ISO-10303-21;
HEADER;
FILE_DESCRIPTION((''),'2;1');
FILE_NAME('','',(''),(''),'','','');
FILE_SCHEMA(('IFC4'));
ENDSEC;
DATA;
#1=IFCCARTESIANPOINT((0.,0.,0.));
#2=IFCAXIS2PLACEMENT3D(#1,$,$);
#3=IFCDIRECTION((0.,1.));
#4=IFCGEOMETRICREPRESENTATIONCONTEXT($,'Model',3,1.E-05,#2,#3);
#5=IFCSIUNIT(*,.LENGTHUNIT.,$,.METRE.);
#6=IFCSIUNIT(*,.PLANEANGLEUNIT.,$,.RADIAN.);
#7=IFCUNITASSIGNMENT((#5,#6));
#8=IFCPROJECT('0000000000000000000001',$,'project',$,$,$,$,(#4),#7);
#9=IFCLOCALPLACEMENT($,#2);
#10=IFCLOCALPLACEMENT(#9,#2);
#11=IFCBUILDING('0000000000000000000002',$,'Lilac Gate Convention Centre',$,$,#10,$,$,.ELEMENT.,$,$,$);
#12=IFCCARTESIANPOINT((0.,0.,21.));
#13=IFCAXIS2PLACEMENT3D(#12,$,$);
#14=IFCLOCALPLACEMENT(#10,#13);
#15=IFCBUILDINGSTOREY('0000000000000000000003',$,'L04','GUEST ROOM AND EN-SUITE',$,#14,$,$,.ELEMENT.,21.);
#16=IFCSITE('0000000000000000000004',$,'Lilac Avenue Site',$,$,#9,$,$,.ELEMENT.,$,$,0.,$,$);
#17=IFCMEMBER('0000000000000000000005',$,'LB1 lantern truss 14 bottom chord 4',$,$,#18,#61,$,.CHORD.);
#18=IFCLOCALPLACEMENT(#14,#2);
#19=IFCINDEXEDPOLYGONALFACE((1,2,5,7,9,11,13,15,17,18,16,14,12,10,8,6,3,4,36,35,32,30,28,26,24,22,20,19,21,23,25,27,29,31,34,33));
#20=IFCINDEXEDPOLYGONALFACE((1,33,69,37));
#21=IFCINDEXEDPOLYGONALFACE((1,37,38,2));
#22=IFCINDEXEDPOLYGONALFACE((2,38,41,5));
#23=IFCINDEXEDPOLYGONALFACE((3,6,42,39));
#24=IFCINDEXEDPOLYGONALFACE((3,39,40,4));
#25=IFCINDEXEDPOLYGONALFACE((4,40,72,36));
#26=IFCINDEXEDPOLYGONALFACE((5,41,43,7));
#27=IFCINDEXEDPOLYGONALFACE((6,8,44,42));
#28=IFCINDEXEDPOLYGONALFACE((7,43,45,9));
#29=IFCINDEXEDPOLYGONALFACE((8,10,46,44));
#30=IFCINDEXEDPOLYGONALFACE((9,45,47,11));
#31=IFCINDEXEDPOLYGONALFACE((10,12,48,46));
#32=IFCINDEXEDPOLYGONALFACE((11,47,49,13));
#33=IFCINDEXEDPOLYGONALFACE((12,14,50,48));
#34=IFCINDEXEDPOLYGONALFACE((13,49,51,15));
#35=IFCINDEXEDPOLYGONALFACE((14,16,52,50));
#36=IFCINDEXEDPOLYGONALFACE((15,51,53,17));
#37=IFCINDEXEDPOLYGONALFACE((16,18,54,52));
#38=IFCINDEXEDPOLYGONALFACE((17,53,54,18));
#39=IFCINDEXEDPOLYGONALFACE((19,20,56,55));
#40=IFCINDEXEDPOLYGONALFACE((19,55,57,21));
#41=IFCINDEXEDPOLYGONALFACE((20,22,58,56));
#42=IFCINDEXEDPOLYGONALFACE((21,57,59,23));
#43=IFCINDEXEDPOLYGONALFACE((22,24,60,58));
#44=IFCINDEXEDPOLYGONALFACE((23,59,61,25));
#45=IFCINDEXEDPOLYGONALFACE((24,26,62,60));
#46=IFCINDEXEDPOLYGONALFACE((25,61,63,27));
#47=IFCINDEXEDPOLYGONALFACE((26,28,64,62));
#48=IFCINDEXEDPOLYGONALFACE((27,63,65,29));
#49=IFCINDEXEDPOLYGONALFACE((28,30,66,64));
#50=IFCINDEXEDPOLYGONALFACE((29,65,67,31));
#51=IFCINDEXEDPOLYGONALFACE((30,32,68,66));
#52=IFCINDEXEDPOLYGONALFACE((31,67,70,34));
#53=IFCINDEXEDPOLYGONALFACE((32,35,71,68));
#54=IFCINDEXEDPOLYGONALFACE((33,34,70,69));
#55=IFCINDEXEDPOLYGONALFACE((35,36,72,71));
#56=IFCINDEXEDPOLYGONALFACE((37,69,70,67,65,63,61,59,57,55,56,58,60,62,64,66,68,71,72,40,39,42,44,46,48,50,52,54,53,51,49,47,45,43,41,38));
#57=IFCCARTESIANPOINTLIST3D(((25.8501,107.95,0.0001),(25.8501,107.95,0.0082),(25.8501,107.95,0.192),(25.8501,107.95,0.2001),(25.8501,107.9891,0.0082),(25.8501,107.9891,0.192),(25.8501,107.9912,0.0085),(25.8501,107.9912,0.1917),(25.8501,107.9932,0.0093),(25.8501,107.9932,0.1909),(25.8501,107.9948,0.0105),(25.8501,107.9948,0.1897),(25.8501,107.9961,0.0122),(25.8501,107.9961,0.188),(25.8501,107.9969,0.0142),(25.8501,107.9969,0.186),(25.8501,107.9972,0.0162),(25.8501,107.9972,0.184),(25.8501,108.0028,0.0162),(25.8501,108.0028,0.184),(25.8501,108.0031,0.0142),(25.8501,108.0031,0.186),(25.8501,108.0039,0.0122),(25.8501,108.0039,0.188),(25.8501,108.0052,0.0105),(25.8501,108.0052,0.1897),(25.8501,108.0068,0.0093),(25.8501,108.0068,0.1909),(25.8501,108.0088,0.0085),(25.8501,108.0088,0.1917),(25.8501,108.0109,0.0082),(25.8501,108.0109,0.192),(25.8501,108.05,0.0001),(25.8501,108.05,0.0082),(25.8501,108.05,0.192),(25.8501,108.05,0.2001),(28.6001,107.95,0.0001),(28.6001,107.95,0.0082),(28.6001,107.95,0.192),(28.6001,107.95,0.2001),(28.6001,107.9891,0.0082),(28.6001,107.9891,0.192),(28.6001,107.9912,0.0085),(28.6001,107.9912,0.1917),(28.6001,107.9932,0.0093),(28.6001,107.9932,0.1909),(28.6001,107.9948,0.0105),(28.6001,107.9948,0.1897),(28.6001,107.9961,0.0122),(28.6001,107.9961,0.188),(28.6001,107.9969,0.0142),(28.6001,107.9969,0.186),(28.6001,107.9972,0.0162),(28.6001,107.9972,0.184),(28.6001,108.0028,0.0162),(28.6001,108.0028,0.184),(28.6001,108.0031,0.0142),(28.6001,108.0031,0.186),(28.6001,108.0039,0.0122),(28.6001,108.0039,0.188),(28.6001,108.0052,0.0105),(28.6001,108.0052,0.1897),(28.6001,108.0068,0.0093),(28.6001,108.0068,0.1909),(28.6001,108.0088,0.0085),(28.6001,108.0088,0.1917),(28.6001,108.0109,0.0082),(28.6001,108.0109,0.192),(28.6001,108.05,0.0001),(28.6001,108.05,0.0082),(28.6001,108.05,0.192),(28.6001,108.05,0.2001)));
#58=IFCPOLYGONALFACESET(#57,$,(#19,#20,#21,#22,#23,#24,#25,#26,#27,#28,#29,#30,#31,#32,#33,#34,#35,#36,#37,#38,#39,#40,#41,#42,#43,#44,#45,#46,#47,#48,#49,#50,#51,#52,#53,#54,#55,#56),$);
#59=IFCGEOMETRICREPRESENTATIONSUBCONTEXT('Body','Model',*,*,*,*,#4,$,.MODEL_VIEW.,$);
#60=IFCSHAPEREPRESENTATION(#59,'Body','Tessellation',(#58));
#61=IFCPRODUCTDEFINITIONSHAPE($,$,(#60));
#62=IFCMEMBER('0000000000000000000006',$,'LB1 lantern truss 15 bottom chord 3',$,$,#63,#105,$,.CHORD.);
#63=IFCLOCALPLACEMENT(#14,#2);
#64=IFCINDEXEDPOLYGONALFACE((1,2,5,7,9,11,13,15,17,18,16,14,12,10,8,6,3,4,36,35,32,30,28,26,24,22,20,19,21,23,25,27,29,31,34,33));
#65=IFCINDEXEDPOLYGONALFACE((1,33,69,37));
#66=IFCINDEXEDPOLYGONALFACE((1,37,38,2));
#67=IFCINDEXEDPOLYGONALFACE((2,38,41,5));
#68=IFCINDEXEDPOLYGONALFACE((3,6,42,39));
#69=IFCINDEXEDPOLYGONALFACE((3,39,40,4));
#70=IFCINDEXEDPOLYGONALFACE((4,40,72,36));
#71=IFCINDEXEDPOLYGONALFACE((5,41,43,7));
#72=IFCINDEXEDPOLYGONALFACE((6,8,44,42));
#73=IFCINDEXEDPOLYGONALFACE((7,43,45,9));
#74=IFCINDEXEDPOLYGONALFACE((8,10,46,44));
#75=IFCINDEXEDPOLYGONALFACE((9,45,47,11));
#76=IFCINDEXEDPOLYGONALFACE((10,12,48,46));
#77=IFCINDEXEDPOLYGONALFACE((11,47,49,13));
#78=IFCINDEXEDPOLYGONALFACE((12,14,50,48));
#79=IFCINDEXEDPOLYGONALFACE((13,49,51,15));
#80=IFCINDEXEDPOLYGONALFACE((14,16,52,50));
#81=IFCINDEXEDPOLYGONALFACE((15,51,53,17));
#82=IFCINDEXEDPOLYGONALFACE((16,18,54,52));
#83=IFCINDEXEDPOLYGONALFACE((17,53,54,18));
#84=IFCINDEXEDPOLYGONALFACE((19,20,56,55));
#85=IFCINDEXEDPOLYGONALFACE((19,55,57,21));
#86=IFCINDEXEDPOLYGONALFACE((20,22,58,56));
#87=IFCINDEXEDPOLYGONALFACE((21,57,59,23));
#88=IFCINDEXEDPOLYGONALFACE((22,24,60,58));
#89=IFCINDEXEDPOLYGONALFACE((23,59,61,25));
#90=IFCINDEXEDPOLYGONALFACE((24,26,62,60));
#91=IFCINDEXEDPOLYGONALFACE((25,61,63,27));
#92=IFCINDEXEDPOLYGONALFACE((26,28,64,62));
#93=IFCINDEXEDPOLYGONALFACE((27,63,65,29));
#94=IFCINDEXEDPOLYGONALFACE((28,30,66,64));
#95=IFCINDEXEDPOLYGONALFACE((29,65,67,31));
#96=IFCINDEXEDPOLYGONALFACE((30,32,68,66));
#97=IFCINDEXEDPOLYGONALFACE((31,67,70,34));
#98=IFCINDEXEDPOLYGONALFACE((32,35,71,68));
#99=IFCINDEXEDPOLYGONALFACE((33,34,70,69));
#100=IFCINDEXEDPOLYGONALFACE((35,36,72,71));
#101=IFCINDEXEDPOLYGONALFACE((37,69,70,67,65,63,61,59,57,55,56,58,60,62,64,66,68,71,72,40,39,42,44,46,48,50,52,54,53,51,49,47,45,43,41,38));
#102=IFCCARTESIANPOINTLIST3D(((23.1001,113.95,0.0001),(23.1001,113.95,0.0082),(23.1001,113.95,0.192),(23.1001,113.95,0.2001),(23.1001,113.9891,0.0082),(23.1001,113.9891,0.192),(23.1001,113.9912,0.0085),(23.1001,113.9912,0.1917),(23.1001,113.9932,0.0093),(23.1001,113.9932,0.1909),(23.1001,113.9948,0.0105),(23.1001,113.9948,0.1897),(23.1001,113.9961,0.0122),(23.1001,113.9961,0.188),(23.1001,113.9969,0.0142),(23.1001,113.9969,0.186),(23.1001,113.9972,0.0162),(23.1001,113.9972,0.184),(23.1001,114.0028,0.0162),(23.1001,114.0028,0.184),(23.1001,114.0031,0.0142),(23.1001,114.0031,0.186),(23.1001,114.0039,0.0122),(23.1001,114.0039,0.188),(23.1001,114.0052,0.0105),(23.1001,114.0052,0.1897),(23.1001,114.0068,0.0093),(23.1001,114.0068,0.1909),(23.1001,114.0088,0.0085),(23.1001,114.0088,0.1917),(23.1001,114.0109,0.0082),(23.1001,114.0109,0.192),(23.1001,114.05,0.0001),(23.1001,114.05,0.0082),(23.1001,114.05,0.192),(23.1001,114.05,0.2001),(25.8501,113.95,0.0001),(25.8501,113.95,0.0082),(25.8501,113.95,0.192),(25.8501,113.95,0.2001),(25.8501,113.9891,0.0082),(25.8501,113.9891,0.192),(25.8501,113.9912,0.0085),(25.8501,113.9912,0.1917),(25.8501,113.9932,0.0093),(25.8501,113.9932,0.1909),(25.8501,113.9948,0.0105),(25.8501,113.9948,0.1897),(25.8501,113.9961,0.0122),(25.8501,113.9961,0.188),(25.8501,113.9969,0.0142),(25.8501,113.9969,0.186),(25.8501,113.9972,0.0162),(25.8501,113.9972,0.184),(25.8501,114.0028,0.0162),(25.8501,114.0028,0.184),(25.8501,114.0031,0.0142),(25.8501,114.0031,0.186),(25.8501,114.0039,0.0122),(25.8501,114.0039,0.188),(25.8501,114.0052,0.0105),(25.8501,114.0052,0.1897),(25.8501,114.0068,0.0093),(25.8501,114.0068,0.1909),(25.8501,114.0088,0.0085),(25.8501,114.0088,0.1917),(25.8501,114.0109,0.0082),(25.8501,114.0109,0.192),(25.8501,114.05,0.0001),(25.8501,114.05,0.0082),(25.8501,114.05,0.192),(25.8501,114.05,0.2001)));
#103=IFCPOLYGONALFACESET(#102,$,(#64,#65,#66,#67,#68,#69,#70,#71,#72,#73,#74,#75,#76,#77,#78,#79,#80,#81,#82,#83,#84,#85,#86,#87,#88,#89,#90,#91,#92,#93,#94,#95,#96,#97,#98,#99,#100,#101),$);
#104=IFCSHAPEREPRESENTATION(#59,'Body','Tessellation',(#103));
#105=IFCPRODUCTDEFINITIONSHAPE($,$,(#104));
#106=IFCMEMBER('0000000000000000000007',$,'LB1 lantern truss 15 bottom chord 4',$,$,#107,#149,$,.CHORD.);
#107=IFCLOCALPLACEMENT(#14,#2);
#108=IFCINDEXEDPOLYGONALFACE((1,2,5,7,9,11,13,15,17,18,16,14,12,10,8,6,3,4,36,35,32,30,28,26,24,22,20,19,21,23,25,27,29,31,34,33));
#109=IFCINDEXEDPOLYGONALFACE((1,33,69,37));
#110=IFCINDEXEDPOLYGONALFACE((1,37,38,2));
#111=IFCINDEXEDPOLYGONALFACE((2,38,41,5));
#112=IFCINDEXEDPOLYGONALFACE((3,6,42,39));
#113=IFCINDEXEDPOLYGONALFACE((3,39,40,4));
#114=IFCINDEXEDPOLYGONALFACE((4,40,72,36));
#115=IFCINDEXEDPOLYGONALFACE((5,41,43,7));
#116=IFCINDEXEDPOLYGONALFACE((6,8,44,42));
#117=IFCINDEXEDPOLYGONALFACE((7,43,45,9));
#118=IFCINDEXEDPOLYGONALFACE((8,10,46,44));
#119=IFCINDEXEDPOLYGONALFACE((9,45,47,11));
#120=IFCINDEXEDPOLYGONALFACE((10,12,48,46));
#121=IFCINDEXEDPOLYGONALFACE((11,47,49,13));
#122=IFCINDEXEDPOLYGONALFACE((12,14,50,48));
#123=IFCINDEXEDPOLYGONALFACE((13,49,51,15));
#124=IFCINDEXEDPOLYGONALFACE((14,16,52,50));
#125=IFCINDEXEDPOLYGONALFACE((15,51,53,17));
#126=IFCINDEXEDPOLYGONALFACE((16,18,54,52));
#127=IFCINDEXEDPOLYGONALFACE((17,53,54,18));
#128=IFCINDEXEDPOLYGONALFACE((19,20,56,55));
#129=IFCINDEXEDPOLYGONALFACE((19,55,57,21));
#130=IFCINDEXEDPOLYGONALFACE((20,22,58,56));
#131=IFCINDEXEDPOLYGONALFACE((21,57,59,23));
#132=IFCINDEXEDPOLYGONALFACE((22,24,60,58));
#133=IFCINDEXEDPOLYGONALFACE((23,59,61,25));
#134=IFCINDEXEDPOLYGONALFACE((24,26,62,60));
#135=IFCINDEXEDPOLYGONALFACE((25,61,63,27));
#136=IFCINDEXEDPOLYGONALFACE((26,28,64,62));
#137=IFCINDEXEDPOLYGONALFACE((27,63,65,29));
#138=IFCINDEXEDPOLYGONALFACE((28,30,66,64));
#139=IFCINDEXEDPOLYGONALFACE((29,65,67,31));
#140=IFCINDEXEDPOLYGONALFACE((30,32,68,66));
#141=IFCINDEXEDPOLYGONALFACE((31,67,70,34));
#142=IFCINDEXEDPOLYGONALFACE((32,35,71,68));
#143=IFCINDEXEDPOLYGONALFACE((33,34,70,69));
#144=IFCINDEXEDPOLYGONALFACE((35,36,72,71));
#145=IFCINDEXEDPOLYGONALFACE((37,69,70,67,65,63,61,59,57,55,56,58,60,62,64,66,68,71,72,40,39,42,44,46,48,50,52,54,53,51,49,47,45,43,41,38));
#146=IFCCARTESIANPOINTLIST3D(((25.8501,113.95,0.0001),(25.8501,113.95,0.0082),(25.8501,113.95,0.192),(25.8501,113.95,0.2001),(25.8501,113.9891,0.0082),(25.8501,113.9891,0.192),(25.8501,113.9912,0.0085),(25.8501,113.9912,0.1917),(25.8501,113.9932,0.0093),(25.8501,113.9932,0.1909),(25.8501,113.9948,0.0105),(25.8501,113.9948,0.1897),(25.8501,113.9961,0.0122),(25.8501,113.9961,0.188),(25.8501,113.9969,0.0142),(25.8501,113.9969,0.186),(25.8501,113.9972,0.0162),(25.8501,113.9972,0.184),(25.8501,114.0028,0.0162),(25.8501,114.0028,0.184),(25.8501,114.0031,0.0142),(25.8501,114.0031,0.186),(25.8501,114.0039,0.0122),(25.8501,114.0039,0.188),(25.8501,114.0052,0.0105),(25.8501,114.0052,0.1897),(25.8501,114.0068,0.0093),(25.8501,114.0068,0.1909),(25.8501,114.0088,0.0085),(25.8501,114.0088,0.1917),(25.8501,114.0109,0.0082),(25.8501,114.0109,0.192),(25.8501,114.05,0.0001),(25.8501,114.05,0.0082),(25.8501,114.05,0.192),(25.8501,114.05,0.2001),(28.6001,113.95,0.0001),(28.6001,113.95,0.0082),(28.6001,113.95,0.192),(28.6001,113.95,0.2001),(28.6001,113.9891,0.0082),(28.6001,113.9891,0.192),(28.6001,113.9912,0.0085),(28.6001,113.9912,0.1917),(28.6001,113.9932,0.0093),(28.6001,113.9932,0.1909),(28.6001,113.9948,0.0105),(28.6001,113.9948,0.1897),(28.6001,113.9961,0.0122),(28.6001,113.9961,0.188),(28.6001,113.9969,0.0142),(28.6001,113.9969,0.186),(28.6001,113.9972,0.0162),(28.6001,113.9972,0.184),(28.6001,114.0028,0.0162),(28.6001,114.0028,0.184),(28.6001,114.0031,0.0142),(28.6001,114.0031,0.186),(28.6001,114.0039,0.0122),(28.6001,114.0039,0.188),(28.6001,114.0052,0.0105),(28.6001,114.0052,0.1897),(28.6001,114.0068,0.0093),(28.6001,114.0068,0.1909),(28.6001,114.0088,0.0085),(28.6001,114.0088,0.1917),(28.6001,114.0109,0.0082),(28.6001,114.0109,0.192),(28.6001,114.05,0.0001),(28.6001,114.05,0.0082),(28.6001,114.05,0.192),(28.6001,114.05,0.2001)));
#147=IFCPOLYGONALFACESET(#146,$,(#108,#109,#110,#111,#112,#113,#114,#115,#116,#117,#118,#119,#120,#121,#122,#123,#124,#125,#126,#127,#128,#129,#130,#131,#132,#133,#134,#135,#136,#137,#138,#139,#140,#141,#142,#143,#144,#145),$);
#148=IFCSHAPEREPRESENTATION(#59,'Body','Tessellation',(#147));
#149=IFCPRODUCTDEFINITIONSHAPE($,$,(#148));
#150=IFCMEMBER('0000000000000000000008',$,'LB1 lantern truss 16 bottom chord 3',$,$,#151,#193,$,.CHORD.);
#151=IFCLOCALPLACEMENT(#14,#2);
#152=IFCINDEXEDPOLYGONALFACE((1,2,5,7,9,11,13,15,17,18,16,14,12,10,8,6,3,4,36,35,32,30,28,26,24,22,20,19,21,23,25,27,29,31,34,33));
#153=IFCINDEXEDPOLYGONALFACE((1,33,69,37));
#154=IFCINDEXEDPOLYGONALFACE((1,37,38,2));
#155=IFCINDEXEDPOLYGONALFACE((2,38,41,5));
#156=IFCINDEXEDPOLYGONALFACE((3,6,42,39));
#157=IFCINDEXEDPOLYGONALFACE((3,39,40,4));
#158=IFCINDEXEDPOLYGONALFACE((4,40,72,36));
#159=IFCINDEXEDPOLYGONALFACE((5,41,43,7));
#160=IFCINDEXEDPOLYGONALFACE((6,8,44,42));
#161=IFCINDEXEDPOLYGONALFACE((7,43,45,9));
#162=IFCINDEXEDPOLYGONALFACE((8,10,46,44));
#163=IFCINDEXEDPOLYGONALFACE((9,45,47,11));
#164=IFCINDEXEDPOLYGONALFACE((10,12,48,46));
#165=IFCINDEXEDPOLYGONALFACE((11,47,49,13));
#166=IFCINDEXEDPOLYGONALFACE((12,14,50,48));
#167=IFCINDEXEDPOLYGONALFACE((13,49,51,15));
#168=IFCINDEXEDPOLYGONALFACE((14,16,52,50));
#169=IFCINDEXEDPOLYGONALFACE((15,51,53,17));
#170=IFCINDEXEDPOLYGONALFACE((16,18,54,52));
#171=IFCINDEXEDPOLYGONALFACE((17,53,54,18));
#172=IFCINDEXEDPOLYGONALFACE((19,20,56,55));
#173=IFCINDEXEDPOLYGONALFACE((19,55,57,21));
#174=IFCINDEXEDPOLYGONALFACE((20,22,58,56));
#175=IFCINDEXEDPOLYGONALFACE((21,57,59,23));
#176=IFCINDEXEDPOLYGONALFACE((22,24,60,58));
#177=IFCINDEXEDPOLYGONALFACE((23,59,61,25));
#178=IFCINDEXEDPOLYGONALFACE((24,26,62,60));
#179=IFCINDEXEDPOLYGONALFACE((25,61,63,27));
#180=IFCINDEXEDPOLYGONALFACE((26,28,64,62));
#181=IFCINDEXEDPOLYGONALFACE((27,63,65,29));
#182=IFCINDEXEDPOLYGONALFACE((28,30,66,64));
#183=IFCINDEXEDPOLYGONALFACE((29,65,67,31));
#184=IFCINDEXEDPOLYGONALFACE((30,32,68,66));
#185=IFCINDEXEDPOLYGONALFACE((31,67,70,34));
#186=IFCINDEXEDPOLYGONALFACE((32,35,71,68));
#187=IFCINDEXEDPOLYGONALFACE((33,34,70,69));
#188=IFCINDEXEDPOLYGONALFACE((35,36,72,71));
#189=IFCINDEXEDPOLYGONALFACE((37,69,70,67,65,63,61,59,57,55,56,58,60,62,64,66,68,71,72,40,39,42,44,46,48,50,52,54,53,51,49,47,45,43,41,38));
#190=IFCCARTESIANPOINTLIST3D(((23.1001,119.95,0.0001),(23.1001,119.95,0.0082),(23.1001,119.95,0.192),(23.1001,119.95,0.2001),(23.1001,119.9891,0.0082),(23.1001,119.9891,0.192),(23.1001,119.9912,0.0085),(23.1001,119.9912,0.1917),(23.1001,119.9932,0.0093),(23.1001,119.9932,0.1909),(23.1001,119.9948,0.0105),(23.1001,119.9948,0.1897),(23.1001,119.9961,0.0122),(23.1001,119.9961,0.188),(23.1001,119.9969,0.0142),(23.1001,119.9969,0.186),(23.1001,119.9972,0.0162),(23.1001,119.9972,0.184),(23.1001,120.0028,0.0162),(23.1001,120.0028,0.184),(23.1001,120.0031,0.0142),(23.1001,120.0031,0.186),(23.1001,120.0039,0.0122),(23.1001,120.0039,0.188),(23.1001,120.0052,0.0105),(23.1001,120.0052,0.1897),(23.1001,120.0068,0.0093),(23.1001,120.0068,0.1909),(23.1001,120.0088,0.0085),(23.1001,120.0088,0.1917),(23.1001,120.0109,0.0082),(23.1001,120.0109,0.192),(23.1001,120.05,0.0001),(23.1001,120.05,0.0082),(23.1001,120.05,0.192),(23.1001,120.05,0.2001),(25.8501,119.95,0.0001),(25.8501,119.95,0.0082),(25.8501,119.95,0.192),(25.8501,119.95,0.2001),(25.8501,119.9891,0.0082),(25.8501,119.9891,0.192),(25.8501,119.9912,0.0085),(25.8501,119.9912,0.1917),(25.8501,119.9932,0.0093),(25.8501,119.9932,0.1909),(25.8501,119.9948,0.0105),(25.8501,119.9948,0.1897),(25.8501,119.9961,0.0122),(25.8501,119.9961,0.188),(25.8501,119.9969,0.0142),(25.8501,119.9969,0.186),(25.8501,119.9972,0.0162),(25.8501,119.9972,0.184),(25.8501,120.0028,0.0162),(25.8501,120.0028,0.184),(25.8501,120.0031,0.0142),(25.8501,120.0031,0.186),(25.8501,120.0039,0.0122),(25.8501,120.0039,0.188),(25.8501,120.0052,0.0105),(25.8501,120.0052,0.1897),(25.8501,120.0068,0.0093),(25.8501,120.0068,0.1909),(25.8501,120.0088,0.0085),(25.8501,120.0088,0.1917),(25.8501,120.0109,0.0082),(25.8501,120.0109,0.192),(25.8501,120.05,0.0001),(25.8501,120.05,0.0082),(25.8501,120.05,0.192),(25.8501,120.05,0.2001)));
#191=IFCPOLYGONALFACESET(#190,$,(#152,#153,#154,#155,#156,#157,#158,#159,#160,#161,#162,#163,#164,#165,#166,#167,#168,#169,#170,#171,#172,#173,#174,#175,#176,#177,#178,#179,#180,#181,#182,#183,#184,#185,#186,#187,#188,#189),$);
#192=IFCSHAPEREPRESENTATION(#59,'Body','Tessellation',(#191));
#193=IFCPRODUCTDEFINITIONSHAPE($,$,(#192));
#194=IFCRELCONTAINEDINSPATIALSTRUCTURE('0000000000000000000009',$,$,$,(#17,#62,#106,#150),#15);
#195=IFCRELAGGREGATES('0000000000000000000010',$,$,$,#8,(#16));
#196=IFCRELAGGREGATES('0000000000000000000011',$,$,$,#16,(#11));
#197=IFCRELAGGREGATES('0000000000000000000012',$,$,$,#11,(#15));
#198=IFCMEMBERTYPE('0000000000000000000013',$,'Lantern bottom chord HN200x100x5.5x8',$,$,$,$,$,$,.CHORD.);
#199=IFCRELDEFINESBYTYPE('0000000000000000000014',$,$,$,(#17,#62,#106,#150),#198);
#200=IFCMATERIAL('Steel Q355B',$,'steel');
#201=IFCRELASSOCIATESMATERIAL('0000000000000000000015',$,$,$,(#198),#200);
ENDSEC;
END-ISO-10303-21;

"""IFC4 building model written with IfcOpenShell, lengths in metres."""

from ifc_helpers import new_model, si_unit, direction, frame, origin, origin_2d, place, context, subcontext, project, spatial, i_section, extrude, material, material_profile, profile_set, type_object, element, save


model = new_model("IFC4")

# Units and contexts
model_context = context("Model", 3, precision=1e-05, world=origin(), true_north=direction((0.0, 1.0)))
body_context = subcontext(model_context, "Body", "Model", "MODEL_VIEW")
ifc_project = project(units=[si_unit("LENGTHUNIT", "METRE"), si_unit("PLANEANGLEUNIT", "RADIAN")], contexts=[model_context])

# Site, building, storey
site_placement = place(None, origin())
site = spatial("IfcSite", under=ifc_project, at=site_placement, Name="Lilac Avenue Site", CompositionType="ELEMENT", RefElevation=0.0)
building_placement = place(site_placement, origin())
building = spatial("IfcBuilding", under=site, at=building_placement, Name="Lilac Gate Convention Centre", CompositionType="ELEMENT")
storey_placement = place(building_placement, frame((0.0, 0.0, 21.0)))
storey = spatial("IfcBuildingStorey", under=building, at=storey_placement, Name="L04", Description="GUEST ROOM AND EN-SUITE", CompositionType="ELEMENT", Elevation=21.0)

# Members
ifc_material_1 = material(Name="Steel Q355B", Category="steel")
ifc_material_profile_1 = material_profile(ifc_material_1, i_section(OverallWidth=0.1001, OverallDepth=0.2, WebThickness=0.0056, FlangeThickness=0.0081, FilletRadius=0.0081, at=origin_2d()), Name="HN200x100x5.5x8")
ifc_profile_set_1 = profile_set([ifc_material_profile_1], Name="Steel Q355B")
member_type_1 = type_object("IfcMemberType", Name="Lantern bottom chord HN200x100x5.5x8", PredefinedType="CHORD", material=ifc_profile_set_1)
for number, where, z_axis, x_axis, name in (
    (1, (25.8501, 108.0, 0.1001), (1.0, 0.0, 0.0), (0.0, 1.0, 0.0), "LB1 lantern truss 14 bottom chord 4"),
    (2, (23.1001, 114.0, 0.1001), (1.0, 0.0, 0.0), (0.0, 1.0, 0.0), "LB1 lantern truss 15 bottom chord 3"),
    (3, (25.8501, 114.0, 0.1001), (1.0, 0.0, 0.0), (0.0, 1.0, 0.0), "LB1 lantern truss 15 bottom chord 4"),
    (4, (23.1001, 120.0, 0.1001), (1.0, 0.0, 0.0), (0.0, 1.0, 0.0), "LB1 lantern truss 16 bottom chord 3"),
):
    element("IfcMember", number, at=place(storey_placement, frame(where, z_axis=z_axis, x_axis=x_axis)), inside=storey, type_object=member_type_1, Name=name, PredefinedType="CHORD", context=body_context, shape_type="SweptSolid", body=[
        extrude(i_section(OverallWidth=0.1001, OverallDepth=0.2, WebThickness=0.0056, FlangeThickness=0.0081, FilletRadius=0.0081, at=origin_2d()), origin(), (0.0, 0.0, 1.0), 2.75),
    ])

save(model, "model.ifc")
